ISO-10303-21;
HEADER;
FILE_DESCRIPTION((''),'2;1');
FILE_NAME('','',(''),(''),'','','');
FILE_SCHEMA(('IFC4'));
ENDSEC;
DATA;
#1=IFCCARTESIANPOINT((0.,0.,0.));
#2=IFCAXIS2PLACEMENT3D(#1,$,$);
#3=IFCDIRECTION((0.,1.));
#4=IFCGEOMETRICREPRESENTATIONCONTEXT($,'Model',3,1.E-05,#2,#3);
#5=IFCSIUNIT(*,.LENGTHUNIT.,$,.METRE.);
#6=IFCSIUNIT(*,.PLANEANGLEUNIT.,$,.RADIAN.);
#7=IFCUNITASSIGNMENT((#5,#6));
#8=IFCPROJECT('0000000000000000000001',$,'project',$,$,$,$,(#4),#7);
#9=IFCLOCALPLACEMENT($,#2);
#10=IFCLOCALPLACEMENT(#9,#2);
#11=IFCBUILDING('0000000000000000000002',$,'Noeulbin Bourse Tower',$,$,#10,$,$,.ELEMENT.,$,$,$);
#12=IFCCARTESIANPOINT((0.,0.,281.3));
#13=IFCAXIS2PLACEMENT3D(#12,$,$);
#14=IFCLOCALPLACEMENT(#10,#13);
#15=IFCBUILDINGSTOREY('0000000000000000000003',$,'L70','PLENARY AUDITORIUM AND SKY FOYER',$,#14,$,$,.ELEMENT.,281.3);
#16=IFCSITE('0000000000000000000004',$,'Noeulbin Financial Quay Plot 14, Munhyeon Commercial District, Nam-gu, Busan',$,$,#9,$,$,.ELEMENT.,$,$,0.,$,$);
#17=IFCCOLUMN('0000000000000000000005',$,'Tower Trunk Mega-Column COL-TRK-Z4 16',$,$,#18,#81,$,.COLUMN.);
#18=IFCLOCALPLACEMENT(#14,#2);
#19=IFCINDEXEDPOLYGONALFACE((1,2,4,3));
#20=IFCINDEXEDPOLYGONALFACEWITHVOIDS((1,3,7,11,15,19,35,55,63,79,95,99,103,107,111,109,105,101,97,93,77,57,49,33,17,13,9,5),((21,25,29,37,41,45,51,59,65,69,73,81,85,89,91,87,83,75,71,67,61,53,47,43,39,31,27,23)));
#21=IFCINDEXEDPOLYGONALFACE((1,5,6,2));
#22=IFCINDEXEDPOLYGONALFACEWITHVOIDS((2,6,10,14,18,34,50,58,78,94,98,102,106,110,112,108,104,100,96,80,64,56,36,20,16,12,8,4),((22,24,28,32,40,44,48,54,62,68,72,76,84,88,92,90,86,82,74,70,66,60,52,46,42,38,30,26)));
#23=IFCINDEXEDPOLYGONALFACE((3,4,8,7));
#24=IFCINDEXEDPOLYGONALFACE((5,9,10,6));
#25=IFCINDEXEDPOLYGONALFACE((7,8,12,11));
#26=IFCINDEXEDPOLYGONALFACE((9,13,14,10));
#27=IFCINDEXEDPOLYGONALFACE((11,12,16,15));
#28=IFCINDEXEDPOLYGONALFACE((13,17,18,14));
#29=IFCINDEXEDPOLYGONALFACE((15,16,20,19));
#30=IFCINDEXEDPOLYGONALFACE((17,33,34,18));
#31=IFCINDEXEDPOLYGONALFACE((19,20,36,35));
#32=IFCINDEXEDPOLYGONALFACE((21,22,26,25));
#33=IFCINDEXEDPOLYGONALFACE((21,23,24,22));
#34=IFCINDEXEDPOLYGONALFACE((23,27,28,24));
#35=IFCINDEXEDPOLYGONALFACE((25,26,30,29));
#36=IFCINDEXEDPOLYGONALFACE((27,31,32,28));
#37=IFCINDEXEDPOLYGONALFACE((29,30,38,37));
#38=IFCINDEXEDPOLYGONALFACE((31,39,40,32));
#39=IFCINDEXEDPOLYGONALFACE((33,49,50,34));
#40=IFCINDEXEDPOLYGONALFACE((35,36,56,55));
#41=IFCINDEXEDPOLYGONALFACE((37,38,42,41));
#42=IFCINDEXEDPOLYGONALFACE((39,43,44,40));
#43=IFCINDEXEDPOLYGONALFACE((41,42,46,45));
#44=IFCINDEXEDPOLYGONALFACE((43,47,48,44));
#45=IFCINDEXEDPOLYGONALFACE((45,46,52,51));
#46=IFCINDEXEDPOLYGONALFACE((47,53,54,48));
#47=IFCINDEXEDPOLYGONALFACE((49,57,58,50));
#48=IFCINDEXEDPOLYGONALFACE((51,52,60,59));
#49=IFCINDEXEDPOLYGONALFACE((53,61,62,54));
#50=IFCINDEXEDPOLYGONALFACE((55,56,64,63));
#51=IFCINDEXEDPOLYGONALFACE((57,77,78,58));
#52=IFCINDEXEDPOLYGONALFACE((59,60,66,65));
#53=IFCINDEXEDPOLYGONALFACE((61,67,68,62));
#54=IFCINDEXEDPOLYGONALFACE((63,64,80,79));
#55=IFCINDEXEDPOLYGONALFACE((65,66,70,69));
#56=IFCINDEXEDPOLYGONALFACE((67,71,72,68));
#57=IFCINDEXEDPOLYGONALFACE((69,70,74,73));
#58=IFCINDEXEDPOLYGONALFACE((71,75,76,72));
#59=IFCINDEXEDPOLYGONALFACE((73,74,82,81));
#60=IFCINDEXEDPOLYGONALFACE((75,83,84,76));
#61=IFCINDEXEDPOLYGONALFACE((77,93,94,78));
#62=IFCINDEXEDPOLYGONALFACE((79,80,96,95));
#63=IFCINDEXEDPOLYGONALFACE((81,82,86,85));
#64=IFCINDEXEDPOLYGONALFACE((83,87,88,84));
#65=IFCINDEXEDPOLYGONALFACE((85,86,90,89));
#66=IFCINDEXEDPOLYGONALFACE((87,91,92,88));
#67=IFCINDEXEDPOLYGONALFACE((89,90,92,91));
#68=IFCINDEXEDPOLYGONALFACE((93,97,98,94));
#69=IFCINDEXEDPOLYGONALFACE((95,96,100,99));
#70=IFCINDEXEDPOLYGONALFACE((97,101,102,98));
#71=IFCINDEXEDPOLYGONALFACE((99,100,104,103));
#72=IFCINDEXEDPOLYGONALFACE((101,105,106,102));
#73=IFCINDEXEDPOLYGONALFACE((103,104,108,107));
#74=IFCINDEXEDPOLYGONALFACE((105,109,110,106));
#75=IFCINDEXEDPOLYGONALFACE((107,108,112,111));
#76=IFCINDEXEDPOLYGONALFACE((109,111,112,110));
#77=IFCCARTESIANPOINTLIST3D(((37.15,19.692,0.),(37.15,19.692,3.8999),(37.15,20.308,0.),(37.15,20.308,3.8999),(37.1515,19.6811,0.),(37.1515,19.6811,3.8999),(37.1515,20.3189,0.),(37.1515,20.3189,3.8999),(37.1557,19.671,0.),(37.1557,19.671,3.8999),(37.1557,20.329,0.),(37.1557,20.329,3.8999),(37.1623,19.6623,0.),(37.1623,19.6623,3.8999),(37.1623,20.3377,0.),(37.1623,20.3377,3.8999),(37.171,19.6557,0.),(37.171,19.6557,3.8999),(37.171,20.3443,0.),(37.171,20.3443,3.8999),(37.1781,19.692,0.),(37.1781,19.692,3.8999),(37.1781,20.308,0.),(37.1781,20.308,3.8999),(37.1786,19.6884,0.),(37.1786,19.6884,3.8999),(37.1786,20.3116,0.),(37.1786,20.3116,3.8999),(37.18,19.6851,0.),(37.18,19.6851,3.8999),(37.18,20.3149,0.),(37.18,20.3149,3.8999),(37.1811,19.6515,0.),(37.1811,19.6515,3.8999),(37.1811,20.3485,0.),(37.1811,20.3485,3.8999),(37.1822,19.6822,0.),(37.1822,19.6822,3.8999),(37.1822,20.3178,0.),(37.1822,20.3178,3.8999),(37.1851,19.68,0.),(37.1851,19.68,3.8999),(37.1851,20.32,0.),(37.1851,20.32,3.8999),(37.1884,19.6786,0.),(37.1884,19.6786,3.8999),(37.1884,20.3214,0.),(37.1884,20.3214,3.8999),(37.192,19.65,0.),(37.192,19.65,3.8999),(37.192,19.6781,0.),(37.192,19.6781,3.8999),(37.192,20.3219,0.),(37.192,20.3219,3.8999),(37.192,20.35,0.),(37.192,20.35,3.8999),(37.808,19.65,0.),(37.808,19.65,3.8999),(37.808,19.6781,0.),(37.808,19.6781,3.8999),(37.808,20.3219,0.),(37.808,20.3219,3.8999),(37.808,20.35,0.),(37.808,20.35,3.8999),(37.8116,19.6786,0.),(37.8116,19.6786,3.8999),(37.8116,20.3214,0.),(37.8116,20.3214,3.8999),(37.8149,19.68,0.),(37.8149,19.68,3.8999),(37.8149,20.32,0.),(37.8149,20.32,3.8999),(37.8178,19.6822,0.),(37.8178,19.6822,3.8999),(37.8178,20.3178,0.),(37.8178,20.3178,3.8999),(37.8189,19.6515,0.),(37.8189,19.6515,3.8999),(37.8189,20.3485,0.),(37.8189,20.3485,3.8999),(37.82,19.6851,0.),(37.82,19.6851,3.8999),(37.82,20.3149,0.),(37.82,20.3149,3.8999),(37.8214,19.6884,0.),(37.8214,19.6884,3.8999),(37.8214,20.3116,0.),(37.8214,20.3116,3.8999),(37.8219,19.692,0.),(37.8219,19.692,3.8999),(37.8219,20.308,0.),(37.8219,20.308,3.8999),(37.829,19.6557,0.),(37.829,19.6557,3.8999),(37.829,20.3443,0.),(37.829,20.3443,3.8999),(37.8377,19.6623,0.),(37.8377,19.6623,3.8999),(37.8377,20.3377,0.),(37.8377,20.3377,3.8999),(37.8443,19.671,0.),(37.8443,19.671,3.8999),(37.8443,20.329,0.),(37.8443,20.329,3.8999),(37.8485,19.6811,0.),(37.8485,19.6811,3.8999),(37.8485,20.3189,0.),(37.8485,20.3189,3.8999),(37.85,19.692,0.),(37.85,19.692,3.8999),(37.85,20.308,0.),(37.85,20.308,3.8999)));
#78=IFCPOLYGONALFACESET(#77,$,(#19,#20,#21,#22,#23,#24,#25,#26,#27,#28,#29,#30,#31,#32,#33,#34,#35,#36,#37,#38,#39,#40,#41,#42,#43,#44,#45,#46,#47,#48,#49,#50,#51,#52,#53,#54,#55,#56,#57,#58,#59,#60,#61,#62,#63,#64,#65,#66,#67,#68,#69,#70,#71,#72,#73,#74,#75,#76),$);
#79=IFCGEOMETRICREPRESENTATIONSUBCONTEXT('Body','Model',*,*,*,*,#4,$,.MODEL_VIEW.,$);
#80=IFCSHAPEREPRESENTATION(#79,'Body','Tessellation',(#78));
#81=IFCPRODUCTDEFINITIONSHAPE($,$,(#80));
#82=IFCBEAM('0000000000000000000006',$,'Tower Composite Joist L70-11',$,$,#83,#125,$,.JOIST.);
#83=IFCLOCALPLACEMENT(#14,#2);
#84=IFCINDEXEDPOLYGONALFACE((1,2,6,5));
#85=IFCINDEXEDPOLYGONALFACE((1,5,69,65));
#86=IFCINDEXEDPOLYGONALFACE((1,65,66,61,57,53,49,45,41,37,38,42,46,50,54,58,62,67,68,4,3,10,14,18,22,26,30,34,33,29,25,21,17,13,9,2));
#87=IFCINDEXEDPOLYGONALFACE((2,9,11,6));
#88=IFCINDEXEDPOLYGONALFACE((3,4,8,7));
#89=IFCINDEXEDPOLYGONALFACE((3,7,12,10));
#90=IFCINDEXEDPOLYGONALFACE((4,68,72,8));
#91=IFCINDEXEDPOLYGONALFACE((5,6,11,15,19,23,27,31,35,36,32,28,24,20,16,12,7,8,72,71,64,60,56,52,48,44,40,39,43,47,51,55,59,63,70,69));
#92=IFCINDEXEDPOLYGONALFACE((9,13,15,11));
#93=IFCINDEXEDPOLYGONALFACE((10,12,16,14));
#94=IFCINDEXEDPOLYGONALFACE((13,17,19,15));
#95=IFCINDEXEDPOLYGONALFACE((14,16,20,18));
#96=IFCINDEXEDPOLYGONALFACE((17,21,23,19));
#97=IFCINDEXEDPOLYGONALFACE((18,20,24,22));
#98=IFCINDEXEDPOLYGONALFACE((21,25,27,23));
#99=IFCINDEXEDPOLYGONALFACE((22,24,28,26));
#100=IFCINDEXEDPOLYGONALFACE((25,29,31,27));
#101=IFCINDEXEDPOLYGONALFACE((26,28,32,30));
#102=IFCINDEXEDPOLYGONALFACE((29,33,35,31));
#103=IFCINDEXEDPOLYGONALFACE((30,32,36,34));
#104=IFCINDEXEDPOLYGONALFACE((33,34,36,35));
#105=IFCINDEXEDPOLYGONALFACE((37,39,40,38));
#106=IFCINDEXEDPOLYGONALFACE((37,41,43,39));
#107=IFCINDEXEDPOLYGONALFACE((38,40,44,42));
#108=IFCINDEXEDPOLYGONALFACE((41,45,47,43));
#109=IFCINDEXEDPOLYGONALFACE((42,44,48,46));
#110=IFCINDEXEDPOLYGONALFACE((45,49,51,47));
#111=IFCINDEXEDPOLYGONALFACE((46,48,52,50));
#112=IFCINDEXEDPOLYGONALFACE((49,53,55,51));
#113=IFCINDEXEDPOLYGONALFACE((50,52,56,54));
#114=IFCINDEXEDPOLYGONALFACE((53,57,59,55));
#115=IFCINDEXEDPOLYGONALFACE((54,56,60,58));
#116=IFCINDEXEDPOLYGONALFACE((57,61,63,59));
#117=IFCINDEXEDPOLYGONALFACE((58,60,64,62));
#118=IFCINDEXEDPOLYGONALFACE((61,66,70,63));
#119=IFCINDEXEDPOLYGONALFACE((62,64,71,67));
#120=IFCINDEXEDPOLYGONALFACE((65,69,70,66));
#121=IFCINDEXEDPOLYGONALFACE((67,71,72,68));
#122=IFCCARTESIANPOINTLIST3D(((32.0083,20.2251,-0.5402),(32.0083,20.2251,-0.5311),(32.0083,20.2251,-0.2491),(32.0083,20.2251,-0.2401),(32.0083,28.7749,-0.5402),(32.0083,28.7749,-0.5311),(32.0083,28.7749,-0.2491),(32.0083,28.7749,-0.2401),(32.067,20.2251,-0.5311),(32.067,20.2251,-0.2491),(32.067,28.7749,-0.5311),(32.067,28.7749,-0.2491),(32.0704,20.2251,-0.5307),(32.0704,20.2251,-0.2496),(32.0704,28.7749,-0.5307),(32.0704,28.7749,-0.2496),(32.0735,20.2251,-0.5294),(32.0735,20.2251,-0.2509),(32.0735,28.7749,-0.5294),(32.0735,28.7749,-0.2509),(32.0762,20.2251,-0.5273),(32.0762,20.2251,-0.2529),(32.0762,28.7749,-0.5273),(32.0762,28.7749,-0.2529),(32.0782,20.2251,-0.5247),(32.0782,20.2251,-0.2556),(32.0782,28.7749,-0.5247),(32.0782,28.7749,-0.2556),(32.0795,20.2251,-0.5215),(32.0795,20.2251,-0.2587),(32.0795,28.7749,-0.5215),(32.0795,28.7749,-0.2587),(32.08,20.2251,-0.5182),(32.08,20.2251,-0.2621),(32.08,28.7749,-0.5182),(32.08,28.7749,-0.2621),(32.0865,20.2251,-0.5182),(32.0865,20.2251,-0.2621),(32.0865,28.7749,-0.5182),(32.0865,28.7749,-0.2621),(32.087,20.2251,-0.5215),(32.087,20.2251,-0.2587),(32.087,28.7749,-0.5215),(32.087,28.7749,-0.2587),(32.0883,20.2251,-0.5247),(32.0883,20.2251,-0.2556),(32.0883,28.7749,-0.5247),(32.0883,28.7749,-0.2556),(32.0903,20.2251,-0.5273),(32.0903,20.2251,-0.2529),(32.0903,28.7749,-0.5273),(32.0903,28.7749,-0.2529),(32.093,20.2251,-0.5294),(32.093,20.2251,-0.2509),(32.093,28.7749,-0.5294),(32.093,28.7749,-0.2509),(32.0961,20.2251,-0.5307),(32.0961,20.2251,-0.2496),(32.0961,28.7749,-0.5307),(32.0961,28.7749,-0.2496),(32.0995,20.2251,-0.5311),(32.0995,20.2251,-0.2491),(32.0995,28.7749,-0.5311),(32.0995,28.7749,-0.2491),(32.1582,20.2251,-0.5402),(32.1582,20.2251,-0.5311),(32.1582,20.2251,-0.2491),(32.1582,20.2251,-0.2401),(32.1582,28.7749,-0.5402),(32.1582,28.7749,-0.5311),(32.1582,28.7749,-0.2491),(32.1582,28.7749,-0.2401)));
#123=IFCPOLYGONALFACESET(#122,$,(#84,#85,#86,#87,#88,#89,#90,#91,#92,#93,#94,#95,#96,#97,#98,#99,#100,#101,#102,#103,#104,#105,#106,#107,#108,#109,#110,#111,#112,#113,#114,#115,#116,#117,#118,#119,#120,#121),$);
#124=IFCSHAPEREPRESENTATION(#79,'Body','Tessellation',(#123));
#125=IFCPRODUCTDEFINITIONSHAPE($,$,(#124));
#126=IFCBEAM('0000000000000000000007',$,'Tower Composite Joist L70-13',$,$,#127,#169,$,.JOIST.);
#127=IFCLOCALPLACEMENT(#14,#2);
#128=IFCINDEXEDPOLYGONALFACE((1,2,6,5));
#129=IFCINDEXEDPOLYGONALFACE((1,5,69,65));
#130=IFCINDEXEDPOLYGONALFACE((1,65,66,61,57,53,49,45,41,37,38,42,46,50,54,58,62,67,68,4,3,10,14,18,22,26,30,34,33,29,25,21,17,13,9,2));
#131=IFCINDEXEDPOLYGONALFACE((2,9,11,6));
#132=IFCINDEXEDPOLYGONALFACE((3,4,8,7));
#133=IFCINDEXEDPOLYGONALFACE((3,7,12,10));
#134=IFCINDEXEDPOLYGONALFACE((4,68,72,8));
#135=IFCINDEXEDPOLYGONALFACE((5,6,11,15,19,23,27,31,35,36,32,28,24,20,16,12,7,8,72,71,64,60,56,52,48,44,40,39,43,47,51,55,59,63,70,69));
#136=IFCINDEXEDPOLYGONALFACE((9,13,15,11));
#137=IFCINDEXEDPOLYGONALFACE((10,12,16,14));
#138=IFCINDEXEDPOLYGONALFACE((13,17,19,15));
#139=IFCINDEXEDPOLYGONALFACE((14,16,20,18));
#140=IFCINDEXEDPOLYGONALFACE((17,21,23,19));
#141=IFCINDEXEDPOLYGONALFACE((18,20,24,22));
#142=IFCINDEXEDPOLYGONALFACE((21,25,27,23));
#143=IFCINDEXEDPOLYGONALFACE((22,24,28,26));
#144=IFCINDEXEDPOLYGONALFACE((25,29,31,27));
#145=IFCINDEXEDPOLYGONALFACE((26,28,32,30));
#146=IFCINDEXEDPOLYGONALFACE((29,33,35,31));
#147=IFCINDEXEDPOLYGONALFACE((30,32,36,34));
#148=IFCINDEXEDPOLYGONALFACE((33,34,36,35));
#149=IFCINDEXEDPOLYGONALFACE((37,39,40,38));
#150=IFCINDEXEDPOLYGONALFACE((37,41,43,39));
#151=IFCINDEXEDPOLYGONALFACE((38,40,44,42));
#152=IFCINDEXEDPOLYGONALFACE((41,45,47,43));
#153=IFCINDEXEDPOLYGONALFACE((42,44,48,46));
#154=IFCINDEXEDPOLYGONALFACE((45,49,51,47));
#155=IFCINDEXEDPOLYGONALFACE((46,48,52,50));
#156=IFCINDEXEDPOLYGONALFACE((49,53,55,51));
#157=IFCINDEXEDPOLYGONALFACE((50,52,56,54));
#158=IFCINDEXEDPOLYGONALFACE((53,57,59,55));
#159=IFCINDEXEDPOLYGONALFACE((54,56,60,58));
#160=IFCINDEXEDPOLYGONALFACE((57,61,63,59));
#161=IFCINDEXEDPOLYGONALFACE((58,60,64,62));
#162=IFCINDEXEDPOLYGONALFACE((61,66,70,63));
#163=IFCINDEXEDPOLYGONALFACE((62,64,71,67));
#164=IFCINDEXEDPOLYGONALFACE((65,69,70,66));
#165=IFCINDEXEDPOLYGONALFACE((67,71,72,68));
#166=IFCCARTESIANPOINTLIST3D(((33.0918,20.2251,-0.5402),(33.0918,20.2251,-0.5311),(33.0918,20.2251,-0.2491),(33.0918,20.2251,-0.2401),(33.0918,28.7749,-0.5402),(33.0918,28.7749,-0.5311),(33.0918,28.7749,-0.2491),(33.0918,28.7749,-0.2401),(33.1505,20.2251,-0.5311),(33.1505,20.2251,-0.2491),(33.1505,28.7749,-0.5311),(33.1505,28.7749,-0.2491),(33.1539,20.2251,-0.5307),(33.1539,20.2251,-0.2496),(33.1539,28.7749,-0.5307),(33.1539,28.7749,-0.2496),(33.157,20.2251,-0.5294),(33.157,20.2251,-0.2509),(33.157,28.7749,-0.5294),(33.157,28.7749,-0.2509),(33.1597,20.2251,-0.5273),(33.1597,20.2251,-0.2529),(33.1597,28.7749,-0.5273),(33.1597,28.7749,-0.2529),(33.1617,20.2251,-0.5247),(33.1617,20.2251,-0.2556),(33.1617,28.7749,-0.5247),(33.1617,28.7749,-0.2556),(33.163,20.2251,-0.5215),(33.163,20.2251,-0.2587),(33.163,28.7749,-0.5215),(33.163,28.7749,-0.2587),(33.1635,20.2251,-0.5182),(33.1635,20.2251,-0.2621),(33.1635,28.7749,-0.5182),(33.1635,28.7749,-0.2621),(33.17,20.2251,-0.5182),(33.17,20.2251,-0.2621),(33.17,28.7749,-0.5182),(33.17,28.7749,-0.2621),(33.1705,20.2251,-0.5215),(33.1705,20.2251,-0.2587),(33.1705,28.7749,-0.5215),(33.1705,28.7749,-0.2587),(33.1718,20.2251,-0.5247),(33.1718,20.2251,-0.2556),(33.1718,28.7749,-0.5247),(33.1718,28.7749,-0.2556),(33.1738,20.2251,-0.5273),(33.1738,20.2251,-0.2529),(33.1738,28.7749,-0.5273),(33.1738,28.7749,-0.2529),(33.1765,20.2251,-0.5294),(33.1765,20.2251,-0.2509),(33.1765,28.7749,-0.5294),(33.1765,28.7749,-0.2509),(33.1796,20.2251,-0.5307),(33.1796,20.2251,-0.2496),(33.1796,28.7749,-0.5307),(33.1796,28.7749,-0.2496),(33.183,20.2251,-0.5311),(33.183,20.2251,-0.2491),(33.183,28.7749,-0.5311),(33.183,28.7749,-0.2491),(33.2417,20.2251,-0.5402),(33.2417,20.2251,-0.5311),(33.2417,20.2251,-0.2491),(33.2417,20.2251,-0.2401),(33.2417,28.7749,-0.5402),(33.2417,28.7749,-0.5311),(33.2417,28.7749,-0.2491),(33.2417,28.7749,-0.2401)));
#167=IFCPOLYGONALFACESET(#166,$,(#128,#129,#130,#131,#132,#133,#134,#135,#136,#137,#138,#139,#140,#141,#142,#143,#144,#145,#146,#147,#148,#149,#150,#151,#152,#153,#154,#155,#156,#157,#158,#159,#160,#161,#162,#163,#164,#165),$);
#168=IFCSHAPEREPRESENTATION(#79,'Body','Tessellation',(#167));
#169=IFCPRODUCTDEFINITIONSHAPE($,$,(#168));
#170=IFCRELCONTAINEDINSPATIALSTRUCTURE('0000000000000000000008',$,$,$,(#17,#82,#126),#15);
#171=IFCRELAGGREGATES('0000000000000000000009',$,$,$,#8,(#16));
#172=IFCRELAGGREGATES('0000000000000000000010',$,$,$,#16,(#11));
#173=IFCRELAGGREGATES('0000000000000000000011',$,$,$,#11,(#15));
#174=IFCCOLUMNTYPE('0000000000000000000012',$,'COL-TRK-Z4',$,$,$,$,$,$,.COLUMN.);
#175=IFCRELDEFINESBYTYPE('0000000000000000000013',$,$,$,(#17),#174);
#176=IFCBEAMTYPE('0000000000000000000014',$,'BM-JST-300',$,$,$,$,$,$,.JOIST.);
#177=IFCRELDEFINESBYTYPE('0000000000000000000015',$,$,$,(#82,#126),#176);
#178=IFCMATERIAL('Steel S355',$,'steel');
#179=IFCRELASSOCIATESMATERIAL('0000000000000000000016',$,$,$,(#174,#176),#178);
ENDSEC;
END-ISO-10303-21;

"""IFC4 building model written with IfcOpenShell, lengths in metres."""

from ifc_helpers import new_model, si_unit, direction, frame, origin, origin_2d, place, context, subcontext, project, spatial, hollow_rectangle, i_section, extrude, material, material_profile, profile_set, type_object, element, save


model = new_model("IFC4")

# Units and contexts
model_context = context("Model", 3, precision=1e-05, world=origin(), true_north=direction((0.0, 1.0)))
body_context = subcontext(model_context, "Body", "Model", "MODEL_VIEW")
ifc_project = project(units=[si_unit("LENGTHUNIT", "METRE"), si_unit("PLANEANGLEUNIT", "RADIAN")], contexts=[model_context])

# Site, building, storey
site_placement = place(None, origin())
site = spatial("IfcSite", under=ifc_project, at=site_placement, Name="Noeulbin Financial Quay Plot 14, Munhyeon Commercial District, Nam-gu, Busan", CompositionType="ELEMENT", RefElevation=0.0)
building_placement = place(site_placement, origin())
building = spatial("IfcBuilding", under=site, at=building_placement, Name="Noeulbin Bourse Tower", CompositionType="ELEMENT")
storey_placement = place(building_placement, frame((0.0, 0.0, 281.3)))
storey = spatial("IfcBuildingStorey", under=building, at=storey_placement, Name="L70", Description="PLENARY AUDITORIUM AND SKY FOYER", CompositionType="ELEMENT", Elevation=281.3)

# Column
ifc_material_1 = material(Name="Steel S355", Category="steel")
ifc_material_profile_1 = material_profile(ifc_material_1, hollow_rectangle(XDim=0.7, YDim=0.7, WallThickness=0.0281, InnerFilletRadius=0.0139, OuterFilletRadius=0.042, at=origin_2d()), Name="BOX-700x700x28", Category="LoadBearing")
ifc_profile_set_1 = profile_set([ifc_material_profile_1], Name="Steel S355")
column_type = type_object("IfcColumnType", Name="COL-TRK-Z4", PredefinedType="COLUMN", material=ifc_profile_set_1)
column_placement = place(storey_placement, frame((37.5, 20.0, 0.0), z_axis=(0.0, 0.0, 1.0), x_axis=(1.0, 0.0, 0.0)))
element("IfcColumn", 1, at=column_placement, inside=storey, type_object=column_type, Name="Tower Trunk Mega-Column COL-TRK-Z4 16", PredefinedType="COLUMN", context=body_context, shape_type="SweptSolid", body=[
    extrude(hollow_rectangle(XDim=0.7, YDim=0.7, WallThickness=0.0281, InnerFilletRadius=0.0139, OuterFilletRadius=0.042, at=origin_2d()), origin(), (0.0, 0.0, 1.0), 3.8999),
])

# Beams
ifc_material_profile_2 = material_profile(ifc_material_1, i_section(OverallWidth=0.1499, OverallDepth=0.3, WebThickness=0.0066, FlangeThickness=0.009, FilletRadius=0.0129, at=origin_2d()), Name="H-300x150x6.5x9", Category="LoadBearing")
ifc_profile_set_2 = profile_set([ifc_material_profile_2], Name="Steel S355")
beam_type_1 = type_object("IfcBeamType", Name="BM-JST-300", PredefinedType="JOIST", material=ifc_profile_set_2)
for number, where, z_axis, x_axis, name in (
    (2, (32.0833, 20.2251, -0.3901), (0.0, 1.0, 0.0), (-1.0, 0.0, 0.0), "Tower Composite Joist L70-11"),
    (3, (33.1667, 20.2251, -0.3901), (0.0, 1.0, 0.0), (-1.0, 0.0, 0.0), "Tower Composite Joist L70-13"),
):
    element("IfcBeam", number, at=place(storey_placement, frame(where, z_axis=z_axis, x_axis=x_axis)), inside=storey, type_object=beam_type_1, Name=name, PredefinedType="JOIST", context=body_context, shape_type="SweptSolid", body=[
        extrude(i_section(OverallWidth=0.1499, OverallDepth=0.3, WebThickness=0.0066, FlangeThickness=0.009, FilletRadius=0.0129, at=origin_2d()), origin(), (0.0, 0.0, 1.0), 8.5498),
    ])

save(model, "model.ifc")
